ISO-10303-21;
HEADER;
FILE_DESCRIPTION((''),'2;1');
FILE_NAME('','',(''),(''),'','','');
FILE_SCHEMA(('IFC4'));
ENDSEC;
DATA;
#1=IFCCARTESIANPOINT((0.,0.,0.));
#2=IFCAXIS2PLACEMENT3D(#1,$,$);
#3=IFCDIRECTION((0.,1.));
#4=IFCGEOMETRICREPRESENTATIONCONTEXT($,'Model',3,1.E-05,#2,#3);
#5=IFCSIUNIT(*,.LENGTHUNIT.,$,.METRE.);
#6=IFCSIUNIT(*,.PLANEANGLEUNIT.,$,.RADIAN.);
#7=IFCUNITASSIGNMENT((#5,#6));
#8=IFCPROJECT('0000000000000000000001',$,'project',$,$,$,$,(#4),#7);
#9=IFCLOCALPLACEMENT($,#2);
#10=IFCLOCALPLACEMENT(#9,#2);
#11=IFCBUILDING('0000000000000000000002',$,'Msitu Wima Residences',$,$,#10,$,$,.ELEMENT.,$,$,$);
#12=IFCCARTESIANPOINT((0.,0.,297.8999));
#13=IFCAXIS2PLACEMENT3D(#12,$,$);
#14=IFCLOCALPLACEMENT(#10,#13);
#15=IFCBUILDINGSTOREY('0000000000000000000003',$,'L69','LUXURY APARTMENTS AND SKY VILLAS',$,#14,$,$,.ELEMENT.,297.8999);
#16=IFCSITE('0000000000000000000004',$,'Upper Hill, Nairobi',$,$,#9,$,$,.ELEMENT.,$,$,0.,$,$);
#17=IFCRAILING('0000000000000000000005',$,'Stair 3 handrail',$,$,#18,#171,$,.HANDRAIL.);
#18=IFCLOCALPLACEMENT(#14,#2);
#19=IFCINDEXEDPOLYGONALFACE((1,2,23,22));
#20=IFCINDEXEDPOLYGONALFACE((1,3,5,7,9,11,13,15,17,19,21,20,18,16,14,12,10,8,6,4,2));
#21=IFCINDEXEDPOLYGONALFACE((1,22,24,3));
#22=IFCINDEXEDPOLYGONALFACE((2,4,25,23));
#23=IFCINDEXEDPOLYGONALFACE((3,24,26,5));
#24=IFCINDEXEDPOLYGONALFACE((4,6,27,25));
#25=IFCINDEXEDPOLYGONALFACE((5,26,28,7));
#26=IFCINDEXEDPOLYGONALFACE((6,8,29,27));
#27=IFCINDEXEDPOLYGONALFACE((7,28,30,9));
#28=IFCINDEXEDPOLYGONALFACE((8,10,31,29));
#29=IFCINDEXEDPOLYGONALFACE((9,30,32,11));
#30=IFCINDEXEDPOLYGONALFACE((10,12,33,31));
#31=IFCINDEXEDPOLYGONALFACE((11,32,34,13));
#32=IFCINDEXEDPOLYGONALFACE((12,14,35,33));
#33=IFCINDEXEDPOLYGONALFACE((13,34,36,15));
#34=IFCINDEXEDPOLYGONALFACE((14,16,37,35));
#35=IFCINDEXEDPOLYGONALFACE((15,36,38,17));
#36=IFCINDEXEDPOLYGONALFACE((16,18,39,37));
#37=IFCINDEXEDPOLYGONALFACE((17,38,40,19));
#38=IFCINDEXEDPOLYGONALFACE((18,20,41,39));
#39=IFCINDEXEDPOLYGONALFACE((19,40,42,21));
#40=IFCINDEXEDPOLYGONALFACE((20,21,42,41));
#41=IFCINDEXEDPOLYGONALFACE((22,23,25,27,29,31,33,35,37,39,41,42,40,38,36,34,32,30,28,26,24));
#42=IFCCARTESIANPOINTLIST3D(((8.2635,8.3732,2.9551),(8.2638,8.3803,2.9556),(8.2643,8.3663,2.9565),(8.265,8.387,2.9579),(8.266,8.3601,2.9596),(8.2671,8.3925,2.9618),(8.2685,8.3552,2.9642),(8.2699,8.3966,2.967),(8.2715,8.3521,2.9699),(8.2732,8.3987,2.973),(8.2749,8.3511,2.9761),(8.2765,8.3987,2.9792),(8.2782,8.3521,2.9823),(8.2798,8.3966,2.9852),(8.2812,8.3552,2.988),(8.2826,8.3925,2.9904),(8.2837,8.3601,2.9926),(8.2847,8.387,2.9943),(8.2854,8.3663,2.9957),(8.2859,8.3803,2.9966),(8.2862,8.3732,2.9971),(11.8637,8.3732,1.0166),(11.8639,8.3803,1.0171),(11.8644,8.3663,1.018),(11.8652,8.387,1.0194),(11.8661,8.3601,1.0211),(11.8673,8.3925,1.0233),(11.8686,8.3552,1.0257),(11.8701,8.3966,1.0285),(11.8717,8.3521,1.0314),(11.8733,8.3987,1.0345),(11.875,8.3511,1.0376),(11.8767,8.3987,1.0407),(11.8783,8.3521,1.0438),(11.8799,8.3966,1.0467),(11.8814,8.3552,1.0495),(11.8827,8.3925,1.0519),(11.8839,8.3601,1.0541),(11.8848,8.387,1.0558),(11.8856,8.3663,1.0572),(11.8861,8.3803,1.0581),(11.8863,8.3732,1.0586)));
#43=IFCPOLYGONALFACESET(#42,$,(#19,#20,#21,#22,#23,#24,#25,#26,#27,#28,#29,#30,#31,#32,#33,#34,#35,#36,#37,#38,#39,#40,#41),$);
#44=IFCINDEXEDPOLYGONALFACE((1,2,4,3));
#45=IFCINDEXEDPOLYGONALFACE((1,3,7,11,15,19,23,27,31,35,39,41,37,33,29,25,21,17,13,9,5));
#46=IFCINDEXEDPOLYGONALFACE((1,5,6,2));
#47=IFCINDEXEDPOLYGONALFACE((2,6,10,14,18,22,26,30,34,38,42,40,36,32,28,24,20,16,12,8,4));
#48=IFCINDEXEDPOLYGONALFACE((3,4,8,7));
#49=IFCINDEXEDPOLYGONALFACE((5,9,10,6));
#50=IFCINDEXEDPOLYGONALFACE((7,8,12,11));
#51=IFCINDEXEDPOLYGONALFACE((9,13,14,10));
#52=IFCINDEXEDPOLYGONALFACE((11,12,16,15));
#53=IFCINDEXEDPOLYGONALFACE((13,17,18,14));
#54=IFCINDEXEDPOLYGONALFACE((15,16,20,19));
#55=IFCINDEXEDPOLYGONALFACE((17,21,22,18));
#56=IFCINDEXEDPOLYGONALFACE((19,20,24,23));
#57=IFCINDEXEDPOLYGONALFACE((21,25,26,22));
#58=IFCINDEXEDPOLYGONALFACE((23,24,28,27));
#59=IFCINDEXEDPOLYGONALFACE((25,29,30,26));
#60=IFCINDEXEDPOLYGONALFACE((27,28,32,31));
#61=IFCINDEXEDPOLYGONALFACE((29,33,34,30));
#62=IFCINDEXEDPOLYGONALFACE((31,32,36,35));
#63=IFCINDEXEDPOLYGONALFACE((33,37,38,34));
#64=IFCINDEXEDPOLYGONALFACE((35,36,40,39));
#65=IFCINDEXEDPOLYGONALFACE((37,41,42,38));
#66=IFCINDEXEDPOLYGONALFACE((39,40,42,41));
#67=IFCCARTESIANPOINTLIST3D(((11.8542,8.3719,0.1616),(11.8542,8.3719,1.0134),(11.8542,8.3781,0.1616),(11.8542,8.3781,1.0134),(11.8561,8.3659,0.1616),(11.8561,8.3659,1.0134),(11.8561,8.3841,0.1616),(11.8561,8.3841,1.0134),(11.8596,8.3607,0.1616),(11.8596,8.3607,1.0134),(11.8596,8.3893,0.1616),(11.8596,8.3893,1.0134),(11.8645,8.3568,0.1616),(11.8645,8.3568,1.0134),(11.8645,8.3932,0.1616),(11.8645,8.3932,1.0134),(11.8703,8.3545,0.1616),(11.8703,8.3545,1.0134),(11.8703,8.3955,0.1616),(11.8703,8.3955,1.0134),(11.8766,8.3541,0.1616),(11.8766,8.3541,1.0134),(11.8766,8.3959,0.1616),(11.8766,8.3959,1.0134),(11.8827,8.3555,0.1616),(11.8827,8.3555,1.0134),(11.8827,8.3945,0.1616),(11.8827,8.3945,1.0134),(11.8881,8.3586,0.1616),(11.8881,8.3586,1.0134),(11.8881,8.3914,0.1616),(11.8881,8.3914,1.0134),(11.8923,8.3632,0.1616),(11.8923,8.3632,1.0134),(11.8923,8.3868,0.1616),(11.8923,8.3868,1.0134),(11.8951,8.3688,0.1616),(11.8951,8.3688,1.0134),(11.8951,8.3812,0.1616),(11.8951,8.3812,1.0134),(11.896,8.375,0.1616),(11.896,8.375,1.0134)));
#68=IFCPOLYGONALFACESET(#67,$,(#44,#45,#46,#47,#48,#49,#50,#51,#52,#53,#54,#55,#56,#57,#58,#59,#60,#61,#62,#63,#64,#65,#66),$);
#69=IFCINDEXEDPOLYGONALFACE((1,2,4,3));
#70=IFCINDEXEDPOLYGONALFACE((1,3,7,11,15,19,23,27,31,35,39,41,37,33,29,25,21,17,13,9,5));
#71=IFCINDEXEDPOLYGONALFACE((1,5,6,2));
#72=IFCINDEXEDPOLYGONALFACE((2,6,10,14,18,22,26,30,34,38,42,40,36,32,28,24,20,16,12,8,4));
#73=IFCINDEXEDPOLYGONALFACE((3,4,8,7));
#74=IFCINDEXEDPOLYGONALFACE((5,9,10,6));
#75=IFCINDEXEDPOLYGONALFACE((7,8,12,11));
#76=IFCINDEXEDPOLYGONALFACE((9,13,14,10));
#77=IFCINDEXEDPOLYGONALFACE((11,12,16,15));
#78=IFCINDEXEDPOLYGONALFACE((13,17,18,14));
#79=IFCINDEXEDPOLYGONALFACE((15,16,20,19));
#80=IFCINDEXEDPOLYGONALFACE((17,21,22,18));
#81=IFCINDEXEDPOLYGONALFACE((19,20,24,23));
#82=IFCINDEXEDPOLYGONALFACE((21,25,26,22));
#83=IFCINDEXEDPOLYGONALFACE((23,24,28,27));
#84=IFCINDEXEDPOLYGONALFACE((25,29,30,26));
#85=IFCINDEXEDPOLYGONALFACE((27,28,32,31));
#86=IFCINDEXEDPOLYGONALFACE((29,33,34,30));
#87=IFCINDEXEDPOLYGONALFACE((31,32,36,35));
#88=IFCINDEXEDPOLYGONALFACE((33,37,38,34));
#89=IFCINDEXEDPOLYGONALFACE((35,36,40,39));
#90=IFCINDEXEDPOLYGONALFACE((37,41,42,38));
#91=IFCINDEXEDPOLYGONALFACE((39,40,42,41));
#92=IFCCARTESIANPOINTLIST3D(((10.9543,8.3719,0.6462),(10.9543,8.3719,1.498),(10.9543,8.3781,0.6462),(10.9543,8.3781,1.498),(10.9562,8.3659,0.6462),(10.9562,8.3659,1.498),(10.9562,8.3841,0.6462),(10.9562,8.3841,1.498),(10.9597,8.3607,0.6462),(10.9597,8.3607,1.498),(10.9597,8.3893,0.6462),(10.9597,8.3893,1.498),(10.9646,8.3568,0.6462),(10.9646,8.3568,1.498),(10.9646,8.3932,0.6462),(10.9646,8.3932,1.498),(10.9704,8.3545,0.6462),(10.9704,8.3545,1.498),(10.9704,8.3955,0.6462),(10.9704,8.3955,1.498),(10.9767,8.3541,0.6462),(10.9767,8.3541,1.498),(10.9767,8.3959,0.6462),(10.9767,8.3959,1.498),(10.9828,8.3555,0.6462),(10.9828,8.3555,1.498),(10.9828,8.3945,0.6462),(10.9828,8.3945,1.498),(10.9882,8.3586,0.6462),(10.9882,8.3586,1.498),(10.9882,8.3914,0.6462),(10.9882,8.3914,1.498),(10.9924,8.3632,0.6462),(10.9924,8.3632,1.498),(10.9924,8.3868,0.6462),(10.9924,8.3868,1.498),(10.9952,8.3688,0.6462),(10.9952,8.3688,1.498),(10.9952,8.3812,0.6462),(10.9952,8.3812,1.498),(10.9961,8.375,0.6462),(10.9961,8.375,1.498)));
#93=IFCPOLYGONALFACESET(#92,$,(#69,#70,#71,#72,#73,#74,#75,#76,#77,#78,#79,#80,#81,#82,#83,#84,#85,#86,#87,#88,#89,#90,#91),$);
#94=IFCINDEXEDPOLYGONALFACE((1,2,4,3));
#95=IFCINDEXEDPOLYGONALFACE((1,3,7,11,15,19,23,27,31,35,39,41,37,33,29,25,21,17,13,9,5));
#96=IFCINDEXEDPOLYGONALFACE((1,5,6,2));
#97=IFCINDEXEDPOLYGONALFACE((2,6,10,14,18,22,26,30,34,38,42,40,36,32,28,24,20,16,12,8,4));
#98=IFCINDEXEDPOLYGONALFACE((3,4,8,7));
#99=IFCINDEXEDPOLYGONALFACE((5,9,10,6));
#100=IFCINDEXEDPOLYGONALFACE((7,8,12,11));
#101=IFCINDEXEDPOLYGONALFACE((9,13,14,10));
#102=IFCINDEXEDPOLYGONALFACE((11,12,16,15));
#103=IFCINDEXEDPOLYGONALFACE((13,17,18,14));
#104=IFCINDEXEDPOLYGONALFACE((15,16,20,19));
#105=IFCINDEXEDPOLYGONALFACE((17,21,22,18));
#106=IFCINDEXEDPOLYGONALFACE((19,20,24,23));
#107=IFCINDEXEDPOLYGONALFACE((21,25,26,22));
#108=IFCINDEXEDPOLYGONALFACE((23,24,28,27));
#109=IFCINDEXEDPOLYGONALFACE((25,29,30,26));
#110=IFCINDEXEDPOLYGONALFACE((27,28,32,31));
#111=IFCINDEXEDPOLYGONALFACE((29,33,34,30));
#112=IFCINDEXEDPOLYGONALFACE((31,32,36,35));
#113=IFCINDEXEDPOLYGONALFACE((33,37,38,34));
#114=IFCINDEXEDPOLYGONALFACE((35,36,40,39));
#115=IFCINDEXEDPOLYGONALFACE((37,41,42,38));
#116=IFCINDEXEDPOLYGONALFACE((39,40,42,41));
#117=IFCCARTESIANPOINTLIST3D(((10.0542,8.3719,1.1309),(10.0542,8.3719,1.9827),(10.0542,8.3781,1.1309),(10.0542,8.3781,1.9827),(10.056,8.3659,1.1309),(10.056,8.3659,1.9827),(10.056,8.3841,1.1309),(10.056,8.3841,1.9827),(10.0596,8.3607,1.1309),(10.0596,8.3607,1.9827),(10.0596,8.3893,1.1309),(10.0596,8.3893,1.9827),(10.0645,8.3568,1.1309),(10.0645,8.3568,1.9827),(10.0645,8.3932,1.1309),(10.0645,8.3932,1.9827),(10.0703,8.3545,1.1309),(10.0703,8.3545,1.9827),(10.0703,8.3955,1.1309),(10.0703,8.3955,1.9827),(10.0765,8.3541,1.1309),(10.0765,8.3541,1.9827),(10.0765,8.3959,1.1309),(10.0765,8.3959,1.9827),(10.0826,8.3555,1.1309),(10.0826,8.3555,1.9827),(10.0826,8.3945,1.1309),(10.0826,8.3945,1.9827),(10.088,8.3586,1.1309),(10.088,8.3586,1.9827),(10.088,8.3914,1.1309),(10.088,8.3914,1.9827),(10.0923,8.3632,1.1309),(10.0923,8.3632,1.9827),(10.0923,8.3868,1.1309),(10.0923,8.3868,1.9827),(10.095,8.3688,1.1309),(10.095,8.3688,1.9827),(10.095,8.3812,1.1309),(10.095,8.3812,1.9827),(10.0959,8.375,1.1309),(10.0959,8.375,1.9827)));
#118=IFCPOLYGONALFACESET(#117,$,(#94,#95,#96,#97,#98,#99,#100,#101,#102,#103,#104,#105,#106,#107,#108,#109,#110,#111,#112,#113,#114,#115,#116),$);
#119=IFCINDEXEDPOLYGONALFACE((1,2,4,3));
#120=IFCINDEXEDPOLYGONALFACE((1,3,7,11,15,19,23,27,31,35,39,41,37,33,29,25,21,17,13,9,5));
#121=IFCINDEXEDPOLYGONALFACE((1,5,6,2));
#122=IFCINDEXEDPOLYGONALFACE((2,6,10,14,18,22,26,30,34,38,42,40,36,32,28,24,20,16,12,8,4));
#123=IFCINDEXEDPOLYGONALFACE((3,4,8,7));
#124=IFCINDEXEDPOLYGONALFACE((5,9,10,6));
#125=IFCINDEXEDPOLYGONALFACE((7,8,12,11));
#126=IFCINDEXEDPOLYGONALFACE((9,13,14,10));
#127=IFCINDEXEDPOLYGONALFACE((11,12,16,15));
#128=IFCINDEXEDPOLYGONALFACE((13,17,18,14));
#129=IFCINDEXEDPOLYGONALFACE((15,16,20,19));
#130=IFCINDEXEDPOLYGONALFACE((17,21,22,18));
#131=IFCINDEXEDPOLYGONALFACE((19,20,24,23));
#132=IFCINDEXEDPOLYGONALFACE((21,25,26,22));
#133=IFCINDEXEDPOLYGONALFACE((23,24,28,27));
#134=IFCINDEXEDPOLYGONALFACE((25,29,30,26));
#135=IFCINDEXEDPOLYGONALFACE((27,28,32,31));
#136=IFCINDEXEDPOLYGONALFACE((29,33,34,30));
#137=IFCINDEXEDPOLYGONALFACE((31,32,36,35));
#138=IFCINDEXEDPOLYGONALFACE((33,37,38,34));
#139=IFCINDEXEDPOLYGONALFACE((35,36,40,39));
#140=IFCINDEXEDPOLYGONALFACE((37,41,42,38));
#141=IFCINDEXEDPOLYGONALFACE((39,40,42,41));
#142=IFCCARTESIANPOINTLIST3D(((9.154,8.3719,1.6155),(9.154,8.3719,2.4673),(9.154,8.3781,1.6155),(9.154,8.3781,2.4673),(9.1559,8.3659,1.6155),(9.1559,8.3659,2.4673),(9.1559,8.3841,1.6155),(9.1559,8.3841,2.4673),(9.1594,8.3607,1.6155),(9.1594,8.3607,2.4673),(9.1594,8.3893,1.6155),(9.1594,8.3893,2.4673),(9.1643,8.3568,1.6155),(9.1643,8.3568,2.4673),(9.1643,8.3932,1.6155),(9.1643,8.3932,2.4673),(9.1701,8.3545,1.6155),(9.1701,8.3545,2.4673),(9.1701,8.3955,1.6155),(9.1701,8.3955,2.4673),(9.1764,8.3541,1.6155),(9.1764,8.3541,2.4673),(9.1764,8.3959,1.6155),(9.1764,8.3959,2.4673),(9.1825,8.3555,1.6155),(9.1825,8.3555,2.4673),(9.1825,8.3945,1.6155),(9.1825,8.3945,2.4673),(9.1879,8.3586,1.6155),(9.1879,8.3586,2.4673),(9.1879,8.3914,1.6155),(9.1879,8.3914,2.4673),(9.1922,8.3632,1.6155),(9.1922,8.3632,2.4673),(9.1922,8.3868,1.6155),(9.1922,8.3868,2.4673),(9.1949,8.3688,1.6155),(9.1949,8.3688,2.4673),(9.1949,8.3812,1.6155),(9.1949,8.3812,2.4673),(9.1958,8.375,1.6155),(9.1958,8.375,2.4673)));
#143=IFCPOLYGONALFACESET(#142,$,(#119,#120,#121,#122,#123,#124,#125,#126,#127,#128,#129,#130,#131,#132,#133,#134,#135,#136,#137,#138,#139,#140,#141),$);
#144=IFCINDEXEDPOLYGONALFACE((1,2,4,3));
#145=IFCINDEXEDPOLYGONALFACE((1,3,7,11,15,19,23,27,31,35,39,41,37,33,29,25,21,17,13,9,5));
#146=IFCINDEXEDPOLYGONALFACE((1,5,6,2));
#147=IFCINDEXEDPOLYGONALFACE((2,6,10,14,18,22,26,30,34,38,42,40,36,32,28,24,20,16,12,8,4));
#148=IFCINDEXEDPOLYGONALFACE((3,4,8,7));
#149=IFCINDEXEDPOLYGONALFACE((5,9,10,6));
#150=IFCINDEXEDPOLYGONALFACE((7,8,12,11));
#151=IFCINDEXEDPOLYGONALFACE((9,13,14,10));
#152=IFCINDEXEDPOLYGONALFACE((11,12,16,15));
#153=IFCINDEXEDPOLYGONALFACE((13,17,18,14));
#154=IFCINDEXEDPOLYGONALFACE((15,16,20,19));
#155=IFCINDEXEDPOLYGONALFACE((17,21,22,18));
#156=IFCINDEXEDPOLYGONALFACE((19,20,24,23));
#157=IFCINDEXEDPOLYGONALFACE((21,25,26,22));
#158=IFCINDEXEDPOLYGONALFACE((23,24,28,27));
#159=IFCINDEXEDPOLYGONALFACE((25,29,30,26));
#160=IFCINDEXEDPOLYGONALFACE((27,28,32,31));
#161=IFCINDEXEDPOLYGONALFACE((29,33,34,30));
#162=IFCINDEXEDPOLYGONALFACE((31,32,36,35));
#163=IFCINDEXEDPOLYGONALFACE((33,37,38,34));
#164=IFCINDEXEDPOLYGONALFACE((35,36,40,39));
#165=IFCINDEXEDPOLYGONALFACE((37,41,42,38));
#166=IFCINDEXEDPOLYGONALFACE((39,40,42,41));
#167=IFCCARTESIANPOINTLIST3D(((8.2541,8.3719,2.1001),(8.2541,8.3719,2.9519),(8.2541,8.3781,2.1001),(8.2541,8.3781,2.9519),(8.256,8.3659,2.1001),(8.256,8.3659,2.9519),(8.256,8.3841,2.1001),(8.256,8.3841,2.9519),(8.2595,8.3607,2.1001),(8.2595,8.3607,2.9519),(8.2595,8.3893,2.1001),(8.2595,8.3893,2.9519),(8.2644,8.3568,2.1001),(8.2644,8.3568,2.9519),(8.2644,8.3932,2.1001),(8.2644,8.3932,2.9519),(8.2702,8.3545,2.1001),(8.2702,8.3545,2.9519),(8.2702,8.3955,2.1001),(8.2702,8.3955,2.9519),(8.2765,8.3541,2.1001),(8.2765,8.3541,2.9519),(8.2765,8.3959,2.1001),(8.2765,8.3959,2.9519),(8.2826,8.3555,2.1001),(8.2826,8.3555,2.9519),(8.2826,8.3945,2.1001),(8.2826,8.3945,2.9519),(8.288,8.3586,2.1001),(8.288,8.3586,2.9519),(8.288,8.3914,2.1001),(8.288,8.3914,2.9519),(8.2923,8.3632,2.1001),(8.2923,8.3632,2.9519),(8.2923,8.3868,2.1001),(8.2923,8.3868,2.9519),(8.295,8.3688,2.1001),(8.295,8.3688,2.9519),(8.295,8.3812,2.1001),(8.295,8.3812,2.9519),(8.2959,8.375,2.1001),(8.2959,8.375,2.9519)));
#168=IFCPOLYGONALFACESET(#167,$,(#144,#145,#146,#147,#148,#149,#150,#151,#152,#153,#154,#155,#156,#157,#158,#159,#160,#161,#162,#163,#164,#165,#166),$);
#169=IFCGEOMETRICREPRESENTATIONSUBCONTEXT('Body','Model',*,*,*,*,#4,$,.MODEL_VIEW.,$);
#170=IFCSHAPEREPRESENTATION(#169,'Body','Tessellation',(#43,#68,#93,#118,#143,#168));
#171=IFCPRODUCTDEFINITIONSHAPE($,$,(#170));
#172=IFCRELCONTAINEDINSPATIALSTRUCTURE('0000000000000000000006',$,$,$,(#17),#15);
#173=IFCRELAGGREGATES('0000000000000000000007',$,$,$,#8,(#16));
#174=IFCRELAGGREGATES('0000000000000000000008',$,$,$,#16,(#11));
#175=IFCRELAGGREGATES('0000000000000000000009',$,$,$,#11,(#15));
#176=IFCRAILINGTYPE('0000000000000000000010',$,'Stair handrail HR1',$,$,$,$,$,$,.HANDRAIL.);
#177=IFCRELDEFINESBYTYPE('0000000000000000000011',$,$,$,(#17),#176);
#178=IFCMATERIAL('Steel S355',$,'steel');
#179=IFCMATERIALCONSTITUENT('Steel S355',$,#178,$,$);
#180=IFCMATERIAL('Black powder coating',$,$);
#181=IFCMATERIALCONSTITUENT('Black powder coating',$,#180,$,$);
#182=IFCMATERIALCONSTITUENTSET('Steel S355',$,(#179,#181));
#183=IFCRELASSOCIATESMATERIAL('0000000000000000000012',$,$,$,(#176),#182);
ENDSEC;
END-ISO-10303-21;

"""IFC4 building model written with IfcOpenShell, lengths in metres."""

from ifc_helpers import new_model, si_unit, direction, frame, origin, origin_2d, place, context, subcontext, project, spatial, circle, extrude, material, constituent, constituent_set, type_object, element, save


model = new_model("IFC4")

# Units and contexts
model_context = context("Model", 3, precision=1e-05, world=origin(), true_north=direction((0.0, 1.0)))
body_context = subcontext(model_context, "Body", "Model", "MODEL_VIEW")
ifc_project = project(units=[si_unit("LENGTHUNIT", "METRE"), si_unit("PLANEANGLEUNIT", "RADIAN")], contexts=[model_context])

# Site, building, storey
site_placement = place(None, origin())
site = spatial("IfcSite", under=ifc_project, at=site_placement, Name="Upper Hill, Nairobi", CompositionType="ELEMENT", RefElevation=0.0)
building_placement = place(site_placement, origin())
building = spatial("IfcBuilding", under=site, at=building_placement, Name="Msitu Wima Residences", CompositionType="ELEMENT")
storey_placement = place(building_placement, frame((0.0, 0.0, 297.8999)))
storey = spatial("IfcBuildingStorey", under=building, at=storey_placement, Name="L69", Description="LUXURY APARTMENTS AND SKY VILLAS", CompositionType="ELEMENT", Elevation=297.8999)

# Railing
ifc_material_1 = material(Name="Steel S355", Category="steel")
ifc_constituent_1 = constituent(ifc_material_1, Name="Steel S355")
ifc_material_2 = material(Name="Black powder coating")
ifc_constituent_2 = constituent(ifc_material_2, Name="Black powder coating")
ifc_constituent_set = constituent_set(constituents=[ifc_constituent_1, ifc_constituent_2], Name="Steel S355")
railing_type = type_object("IfcRailingType", Name="Stair handrail HR1", PredefinedType="HANDRAIL", material=ifc_constituent_set)
for number, where, name in (
    (1, (11.875, 8.375, 0.1616), "Stair 3 handrail"),
):
    element("IfcRailing", number, at=place(storey_placement, frame(where)), inside=storey, type_object=railing_type, Name=name, PredefinedType="HANDRAIL", context=body_context, shape_type="SweptSolid", body=[
        extrude(circle(Radius=0.0239, at=origin_2d()), frame((0.0, 0.0, 0.876), z_axis=(-0.880475, 0.0, 0.474093), x_axis=(0.0, -1.0, 0.0)), (0.0, 0.0, 1.0), 4.0889),
        extrude(circle(Radius=0.021, at=origin_2d()), origin(), (0.0, 0.0, 1.0), 0.8518),
        extrude(circle(Radius=0.021, at=origin_2d()), frame((-0.8999, 0.0, 0.4846)), (0.0, 0.0, 1.0), 0.8518),
        extrude(circle(Radius=0.021, at=origin_2d()), frame((-1.8, 0.0, 0.9692)), (0.0, 0.0, 1.0), 0.8518),
        extrude(circle(Radius=0.021, at=origin_2d()), frame((-2.7002, 0.0, 1.4539)), (0.0, 0.0, 1.0), 0.8518),
        extrude(circle(Radius=0.021, at=origin_2d()), frame((-3.6001, 0.0, 1.9385)), (0.0, 0.0, 1.0), 0.8518),
    ])

save(model, "model.ifc")
